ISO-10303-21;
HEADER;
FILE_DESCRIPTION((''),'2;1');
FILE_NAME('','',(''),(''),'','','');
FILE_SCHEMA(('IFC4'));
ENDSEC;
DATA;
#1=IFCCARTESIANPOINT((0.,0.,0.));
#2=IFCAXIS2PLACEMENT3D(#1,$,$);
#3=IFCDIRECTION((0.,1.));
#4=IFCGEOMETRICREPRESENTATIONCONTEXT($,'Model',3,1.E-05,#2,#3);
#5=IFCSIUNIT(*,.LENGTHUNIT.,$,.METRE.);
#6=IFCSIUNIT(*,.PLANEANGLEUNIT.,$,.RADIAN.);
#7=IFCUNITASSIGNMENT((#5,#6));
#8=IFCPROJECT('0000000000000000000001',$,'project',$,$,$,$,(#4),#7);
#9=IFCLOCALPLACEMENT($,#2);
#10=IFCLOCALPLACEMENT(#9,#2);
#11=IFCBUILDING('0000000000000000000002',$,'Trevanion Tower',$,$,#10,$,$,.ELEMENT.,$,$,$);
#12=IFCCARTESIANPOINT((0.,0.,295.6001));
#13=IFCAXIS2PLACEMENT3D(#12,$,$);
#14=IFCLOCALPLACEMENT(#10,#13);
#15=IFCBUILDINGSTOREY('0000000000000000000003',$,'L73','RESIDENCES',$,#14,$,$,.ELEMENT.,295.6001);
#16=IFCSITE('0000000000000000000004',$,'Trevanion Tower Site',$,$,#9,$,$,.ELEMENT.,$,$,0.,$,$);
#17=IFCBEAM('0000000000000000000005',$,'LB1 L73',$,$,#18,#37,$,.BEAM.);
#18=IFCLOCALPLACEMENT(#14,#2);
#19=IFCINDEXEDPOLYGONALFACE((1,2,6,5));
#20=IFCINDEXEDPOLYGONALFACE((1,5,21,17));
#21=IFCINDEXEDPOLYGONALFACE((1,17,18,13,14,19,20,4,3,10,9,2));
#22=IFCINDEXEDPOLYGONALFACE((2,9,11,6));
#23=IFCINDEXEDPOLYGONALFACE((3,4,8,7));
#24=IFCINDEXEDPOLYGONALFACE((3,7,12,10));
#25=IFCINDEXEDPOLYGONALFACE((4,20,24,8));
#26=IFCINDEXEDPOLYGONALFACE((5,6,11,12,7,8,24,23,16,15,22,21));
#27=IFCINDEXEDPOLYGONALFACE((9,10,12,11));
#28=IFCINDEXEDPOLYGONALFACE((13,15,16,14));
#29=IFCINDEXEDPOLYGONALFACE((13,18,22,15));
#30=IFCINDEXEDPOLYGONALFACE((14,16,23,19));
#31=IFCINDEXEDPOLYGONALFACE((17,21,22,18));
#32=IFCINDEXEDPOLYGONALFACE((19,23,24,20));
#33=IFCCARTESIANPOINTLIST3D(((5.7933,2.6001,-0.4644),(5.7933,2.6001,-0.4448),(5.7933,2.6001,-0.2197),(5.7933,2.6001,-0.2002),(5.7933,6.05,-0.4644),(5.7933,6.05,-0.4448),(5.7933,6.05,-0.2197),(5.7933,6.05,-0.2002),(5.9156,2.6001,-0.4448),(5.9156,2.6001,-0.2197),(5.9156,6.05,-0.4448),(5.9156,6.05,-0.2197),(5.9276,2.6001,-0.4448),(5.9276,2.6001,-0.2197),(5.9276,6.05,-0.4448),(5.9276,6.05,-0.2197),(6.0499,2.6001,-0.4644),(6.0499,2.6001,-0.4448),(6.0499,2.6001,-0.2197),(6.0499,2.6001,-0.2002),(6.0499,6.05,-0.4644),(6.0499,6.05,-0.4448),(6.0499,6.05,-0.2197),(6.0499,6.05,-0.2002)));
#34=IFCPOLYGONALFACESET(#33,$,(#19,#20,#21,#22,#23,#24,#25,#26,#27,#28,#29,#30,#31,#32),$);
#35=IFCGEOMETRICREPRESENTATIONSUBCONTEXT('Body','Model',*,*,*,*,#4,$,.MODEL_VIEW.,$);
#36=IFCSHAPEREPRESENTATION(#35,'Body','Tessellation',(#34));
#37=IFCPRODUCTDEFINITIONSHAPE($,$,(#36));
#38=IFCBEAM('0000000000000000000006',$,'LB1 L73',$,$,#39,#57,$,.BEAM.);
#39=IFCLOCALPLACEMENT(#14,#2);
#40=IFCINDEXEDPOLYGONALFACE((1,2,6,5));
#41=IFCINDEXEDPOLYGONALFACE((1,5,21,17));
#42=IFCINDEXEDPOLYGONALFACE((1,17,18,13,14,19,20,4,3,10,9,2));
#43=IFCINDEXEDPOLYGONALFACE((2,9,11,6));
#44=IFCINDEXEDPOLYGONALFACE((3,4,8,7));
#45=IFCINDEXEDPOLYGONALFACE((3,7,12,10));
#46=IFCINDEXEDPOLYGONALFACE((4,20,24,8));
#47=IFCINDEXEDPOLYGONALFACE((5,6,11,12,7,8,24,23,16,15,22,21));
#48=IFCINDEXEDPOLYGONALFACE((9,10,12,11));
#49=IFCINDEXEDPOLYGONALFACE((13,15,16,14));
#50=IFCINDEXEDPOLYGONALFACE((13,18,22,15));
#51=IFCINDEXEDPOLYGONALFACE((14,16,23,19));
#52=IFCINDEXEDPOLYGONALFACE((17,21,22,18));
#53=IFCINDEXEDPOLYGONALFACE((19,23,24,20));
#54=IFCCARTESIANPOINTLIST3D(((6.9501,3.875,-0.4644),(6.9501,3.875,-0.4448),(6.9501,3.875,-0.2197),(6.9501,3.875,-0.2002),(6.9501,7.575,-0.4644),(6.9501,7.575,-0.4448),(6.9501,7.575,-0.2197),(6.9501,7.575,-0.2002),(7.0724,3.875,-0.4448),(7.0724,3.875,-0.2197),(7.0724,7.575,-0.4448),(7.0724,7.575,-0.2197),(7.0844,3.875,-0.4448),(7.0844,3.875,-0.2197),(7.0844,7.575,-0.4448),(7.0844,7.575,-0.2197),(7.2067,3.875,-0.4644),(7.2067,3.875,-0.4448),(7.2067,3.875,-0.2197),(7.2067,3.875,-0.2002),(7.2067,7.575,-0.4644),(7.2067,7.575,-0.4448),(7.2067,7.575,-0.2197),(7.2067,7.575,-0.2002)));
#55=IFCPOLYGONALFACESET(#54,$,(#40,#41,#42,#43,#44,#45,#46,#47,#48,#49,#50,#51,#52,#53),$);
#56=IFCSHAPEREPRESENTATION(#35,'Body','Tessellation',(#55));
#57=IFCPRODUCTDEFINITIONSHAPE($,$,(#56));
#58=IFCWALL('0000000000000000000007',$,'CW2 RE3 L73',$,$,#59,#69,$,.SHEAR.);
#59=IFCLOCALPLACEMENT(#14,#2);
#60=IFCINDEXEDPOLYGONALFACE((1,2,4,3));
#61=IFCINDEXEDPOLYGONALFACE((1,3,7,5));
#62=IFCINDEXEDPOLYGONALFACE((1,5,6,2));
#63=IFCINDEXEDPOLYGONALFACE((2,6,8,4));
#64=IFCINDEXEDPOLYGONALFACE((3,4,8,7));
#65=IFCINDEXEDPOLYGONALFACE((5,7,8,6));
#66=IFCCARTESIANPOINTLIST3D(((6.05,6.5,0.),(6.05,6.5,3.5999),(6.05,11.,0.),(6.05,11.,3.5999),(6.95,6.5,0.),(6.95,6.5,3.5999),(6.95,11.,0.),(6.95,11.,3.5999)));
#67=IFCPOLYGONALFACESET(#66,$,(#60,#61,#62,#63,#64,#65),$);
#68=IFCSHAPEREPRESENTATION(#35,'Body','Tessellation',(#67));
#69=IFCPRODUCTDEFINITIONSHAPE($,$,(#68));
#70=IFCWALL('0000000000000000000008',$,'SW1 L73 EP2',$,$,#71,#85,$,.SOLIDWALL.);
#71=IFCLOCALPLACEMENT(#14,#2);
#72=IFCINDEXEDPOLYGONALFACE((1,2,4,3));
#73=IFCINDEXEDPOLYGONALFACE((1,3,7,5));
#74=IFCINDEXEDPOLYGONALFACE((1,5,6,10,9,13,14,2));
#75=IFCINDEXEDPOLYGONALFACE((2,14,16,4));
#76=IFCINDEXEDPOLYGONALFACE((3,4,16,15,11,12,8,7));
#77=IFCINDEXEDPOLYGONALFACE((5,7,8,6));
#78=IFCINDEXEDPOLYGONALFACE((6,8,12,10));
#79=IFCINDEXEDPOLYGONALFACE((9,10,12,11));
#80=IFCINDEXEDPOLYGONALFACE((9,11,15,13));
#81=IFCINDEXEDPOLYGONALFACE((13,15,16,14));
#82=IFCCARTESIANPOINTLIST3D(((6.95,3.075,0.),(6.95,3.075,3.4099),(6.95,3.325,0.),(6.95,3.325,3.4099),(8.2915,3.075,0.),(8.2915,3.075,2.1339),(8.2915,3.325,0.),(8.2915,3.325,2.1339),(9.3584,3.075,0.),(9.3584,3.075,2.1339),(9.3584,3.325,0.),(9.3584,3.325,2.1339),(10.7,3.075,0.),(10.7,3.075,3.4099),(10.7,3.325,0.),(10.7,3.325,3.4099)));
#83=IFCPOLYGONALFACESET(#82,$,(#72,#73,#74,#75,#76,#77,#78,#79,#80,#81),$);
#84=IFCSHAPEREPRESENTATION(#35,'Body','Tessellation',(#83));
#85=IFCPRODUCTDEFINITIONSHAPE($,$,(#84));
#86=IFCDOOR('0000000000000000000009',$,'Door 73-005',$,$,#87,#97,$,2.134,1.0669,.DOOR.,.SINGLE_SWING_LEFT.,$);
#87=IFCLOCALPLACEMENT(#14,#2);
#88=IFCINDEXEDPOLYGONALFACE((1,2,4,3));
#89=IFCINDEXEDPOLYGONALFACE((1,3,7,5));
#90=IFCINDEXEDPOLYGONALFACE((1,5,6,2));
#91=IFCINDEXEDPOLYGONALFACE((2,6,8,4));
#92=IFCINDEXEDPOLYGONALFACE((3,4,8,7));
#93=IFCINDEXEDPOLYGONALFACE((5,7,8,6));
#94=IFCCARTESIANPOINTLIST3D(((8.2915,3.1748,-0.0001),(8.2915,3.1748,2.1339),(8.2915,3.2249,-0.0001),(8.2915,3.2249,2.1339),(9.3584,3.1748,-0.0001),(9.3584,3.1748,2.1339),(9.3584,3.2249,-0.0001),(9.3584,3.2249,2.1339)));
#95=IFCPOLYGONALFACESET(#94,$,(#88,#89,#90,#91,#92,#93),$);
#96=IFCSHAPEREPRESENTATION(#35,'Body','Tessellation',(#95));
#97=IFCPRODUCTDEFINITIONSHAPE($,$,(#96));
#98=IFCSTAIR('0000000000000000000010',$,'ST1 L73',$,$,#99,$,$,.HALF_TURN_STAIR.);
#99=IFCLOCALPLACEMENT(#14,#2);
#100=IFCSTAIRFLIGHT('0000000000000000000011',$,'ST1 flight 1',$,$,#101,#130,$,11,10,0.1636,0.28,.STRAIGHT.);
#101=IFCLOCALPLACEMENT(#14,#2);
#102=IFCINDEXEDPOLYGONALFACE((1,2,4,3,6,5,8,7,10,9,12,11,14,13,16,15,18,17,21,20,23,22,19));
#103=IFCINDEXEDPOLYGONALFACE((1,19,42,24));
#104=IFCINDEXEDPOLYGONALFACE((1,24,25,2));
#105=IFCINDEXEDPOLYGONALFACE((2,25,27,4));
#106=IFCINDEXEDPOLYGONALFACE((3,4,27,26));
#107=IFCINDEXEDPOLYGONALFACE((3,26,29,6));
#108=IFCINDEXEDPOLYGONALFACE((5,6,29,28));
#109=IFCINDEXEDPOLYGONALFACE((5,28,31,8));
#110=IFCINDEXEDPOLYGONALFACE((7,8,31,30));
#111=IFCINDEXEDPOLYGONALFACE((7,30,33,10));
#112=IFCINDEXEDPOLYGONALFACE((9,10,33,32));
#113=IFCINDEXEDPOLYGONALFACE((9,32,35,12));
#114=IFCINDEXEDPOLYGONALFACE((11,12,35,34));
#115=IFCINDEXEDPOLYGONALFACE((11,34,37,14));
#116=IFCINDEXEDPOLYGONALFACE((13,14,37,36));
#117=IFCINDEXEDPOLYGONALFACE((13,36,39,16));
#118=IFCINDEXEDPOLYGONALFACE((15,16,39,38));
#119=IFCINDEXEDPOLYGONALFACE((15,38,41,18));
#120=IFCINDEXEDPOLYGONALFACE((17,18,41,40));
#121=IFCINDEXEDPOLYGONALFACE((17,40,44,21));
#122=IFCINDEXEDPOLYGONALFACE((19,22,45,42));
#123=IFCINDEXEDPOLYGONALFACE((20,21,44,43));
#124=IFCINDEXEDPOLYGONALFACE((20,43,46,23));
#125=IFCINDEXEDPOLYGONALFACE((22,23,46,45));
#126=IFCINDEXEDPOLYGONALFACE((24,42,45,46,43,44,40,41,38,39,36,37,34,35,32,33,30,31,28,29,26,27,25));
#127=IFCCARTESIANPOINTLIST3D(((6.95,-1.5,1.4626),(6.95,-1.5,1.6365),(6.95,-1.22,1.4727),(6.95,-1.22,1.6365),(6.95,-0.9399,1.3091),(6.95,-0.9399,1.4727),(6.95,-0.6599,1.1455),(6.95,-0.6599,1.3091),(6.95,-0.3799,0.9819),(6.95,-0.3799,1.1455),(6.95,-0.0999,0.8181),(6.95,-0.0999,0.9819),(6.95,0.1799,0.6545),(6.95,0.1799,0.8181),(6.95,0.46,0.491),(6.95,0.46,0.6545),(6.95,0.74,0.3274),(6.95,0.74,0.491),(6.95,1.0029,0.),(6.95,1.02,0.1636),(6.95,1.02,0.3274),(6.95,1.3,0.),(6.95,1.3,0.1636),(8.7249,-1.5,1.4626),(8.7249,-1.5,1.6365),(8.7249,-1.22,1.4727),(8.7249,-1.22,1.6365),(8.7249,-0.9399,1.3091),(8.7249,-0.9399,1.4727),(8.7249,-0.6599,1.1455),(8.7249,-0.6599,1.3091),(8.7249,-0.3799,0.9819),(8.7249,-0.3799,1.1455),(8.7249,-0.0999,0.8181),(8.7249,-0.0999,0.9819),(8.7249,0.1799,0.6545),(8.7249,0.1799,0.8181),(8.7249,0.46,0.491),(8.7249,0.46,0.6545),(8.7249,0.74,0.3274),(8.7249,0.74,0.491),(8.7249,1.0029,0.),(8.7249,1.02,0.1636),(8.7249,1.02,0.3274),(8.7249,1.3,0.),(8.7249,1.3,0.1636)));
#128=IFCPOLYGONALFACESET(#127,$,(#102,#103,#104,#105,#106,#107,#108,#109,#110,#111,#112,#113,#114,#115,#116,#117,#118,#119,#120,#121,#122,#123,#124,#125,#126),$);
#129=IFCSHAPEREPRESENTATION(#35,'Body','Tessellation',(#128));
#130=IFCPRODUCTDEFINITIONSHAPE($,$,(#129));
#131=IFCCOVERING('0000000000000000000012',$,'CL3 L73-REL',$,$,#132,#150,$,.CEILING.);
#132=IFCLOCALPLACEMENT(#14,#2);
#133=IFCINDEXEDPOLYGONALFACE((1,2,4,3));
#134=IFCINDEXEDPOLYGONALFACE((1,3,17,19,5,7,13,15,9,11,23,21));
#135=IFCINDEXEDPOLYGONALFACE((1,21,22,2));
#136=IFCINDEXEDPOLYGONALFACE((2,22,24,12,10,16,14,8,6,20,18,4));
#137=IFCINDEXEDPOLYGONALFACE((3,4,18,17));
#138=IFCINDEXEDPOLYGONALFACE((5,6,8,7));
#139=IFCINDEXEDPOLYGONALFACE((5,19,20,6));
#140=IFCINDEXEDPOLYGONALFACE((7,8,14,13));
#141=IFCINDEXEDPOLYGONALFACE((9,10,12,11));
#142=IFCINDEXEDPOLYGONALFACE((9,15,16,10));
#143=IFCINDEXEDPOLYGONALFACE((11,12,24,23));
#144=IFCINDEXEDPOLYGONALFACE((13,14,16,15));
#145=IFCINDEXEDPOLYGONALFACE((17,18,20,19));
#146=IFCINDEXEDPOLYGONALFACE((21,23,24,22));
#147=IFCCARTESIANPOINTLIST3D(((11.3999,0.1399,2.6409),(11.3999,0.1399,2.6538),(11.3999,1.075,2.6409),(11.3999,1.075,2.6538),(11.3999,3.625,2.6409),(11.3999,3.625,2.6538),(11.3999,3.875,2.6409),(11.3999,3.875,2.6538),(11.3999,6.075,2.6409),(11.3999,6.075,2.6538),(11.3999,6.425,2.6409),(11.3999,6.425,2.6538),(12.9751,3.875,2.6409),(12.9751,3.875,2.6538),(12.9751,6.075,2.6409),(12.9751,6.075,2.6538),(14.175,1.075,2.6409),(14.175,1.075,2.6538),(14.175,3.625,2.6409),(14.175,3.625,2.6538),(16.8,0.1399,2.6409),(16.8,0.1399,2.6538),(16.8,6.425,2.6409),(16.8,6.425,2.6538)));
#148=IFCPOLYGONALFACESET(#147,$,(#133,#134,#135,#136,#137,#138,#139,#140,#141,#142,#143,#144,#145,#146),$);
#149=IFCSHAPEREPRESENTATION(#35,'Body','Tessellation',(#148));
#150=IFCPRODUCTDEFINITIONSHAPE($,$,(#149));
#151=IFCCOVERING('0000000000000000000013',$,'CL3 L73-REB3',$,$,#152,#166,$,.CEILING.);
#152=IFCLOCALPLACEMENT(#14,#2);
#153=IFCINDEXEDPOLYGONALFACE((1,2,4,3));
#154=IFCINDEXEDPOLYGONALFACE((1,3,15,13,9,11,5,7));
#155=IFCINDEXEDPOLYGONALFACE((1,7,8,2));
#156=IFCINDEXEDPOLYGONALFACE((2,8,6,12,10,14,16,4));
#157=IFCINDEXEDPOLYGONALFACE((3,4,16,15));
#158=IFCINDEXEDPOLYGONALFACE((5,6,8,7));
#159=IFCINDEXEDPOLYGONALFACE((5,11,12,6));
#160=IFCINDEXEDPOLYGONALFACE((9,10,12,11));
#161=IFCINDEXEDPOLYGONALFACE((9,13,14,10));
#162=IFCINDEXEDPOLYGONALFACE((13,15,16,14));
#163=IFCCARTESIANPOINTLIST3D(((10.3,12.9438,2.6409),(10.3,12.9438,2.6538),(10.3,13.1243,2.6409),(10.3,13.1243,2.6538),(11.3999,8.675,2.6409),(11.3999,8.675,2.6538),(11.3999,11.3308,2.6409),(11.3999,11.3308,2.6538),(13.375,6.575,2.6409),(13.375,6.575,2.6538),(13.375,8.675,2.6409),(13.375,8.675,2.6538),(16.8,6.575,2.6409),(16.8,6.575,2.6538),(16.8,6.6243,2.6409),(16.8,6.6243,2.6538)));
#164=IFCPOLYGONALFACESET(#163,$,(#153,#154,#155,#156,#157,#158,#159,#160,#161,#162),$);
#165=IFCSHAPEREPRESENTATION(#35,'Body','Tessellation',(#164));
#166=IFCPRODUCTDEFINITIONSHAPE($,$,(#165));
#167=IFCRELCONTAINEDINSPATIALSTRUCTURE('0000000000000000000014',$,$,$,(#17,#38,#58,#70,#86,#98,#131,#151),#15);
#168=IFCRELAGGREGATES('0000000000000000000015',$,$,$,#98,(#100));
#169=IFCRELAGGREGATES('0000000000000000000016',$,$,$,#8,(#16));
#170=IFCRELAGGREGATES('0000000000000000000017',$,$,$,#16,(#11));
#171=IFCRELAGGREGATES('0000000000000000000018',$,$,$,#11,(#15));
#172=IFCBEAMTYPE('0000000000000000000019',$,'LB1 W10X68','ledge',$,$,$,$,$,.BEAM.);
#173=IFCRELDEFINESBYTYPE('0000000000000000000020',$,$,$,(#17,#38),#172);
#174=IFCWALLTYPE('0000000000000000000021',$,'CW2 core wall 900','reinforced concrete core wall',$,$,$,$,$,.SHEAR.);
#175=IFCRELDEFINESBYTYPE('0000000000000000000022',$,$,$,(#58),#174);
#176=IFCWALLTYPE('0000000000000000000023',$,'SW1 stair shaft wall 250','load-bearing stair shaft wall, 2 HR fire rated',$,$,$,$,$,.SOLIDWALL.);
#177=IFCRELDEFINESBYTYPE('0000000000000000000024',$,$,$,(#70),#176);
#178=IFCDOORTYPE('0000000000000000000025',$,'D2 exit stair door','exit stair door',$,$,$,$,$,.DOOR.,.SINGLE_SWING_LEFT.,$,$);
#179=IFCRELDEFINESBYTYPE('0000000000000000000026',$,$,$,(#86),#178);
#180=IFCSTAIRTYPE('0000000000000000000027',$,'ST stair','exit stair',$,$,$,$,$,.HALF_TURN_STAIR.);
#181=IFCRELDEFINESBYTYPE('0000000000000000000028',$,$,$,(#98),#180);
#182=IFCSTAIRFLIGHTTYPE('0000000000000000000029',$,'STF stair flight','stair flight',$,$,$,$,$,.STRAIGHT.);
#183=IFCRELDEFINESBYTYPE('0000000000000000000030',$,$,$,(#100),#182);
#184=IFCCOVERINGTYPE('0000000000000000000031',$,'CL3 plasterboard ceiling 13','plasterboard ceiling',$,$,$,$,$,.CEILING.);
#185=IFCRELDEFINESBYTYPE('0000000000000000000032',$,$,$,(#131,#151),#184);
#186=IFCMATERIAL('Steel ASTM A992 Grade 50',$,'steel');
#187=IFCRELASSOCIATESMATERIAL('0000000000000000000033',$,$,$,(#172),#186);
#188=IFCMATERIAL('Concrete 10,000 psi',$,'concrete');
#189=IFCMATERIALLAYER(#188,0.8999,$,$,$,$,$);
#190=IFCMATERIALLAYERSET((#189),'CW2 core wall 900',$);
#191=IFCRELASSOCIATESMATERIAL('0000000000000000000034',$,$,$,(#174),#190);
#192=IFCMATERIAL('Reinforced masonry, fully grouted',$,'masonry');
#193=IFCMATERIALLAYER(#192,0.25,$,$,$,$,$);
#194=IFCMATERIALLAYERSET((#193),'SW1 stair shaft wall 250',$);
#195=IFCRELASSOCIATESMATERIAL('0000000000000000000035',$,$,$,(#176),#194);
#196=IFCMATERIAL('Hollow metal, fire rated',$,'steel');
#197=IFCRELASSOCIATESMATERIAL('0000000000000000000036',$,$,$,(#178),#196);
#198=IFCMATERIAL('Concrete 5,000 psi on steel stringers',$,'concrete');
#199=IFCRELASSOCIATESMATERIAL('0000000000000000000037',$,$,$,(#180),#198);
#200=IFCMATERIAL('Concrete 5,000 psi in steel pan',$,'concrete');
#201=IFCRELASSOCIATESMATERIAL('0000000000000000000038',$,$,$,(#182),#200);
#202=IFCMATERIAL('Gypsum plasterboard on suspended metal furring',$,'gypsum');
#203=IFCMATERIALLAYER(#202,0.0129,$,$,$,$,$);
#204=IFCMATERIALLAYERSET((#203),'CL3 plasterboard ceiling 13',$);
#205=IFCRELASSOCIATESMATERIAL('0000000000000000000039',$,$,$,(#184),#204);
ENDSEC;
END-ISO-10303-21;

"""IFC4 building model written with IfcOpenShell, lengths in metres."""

from ifc_helpers import new_model, si_unit, direction, frame, frame_2d, origin, origin_2d, place, context, subcontext, project, spatial, polyline, rectangle, i_section, outline, extrude, material, layer, layer_set, material_profile, profile_set, type_object, element, fill, aggregate, save


model = new_model("IFC4")

# Units and contexts
model_context = context("Model", 3, precision=1e-05, world=origin(), true_north=direction((0.0, 1.0)))
body_context = subcontext(model_context, "Body", "Model", "MODEL_VIEW")
ifc_project = project(units=[si_unit("LENGTHUNIT", "METRE"), si_unit("PLANEANGLEUNIT", "RADIAN")], contexts=[model_context])

# Site, building, storey
site_placement = place(None, origin())
site = spatial("IfcSite", under=ifc_project, at=site_placement, Name="Trevanion Tower Site", CompositionType="ELEMENT", RefElevation=0.0)
building_placement = place(site_placement, origin())
building = spatial("IfcBuilding", under=site, at=building_placement, Name="Trevanion Tower", CompositionType="ELEMENT")
storey_placement = place(building_placement, frame((0.0, 0.0, 295.6001)))
storey = spatial("IfcBuildingStorey", under=building, at=storey_placement, Name="L73", Description="RESIDENCES", CompositionType="ELEMENT", Elevation=295.6001)

# Beams
ifc_material_1 = material(Name="Steel ASTM A992 Grade 50", Category="steel")
ifc_material_profile = material_profile(ifc_material_1, i_section(OverallWidth=0.2566, OverallDepth=0.2642, WebThickness=0.012, FlangeThickness=0.0195, at=origin_2d()), Name="W10X68")
ifc_profile_set = profile_set([ifc_material_profile], Name="Steel ASTM A992 Grade 50")
beam_type = type_object("IfcBeamType", Name="LB1 W10X68", Description="ledge", PredefinedType="BEAM", material=ifc_profile_set)
beam_1_placement = place(storey_placement, frame((5.9216, 2.6001, -0.3323), z_axis=(0.0, 1.0, 0.0), x_axis=(-1.0, 0.0, 0.0)))
element("IfcBeam", 1, at=beam_1_placement, inside=storey, type_object=beam_type, Name="LB1 L73", PredefinedType="BEAM", context=body_context, shape_type="SweptSolid", body=[
    extrude(i_section(OverallWidth=0.2566, OverallDepth=0.2642, WebThickness=0.012, FlangeThickness=0.0195, at=origin_2d()), origin(), (0.0, 0.0, 1.0), 3.45),
])
beam_2_placement = place(storey_placement, frame((7.0784, 3.875, -0.3323), z_axis=(0.0, 1.0, 0.0), x_axis=(-1.0, 0.0, 0.0)))
element("IfcBeam", 2, at=beam_2_placement, inside=storey, type_object=beam_type, Name="LB1 L73", PredefinedType="BEAM", context=body_context, shape_type="SweptSolid", body=[
    extrude(i_section(OverallWidth=0.2566, OverallDepth=0.2642, WebThickness=0.012, FlangeThickness=0.0195, at=origin_2d()), origin(), (0.0, 0.0, 1.0), 3.7),
])

# Wall
ifc_material_2 = material(Name="Concrete 10,000 psi", Category="concrete")
ifc_layer_1 = layer(ifc_material_2, 0.8999)
ifc_layer_set_1 = layer_set([ifc_layer_1], Name="CW2 core wall 900")
wall_type_1 = type_object("IfcWallType", Name="CW2 core wall 900", Description="reinforced concrete core wall", PredefinedType="SHEAR", material=ifc_layer_set_1)
wall_1_placement = place(storey_placement, frame((6.5, 6.5, 0.0), z_axis=(0.0, 0.0, 1.0), x_axis=(0.0, 1.0, 0.0)))
element("IfcWall", 3, at=wall_1_placement, inside=storey, type_object=wall_type_1, Name="CW2 RE3 L73", PredefinedType="SHEAR", context=body_context, shape_type="SweptSolid", body=[
    extrude(rectangle(XDim=4.5, YDim=0.8999, at=frame_2d((2.25, 0.0))), origin(), (0.0, 0.0, 1.0), 3.5999),
])

# Wall, opening, door
ifc_material_3 = material(Name="Reinforced masonry, fully grouted", Category="masonry")
ifc_layer_2 = layer(ifc_material_3, 0.25)
ifc_layer_set_2 = layer_set([ifc_layer_2], Name="SW1 stair shaft wall 250")
wall_type_2 = type_object("IfcWallType", Name="SW1 stair shaft wall 250", Description="load-bearing stair shaft wall, 2 HR fire rated", PredefinedType="SOLIDWALL", material=ifc_layer_set_2)
wall_2_placement = place(storey_placement, frame((6.95, 3.2, 0.0), z_axis=(0.0, 0.0, 1.0), x_axis=(1.0, 0.0, 0.0)))
wall_2 = element("IfcWall", 4, at=wall_2_placement, inside=storey, type_object=wall_type_2, Name="SW1 L73 EP2", PredefinedType="SOLIDWALL", context=body_context, shape_type="SweptSolid", body=[
    extrude(rectangle(XDim=3.75, YDim=0.25, at=frame_2d((1.875, 0.0))), origin(), (0.0, 0.0, 1.0), 3.4099),
])
opening_placement = place(wall_2_placement, frame((1.3416, 0.0, 0.0)))
opening = element("IfcOpeningElement", 5, at=opening_placement, cuts=wall_2, PredefinedType="OPENING", context=body_context, shape_type="SweptSolid", body=[
    extrude(rectangle(XDim=1.0669, YDim=2.134, at=frame_2d((0.5334, 1.0669))), frame((0.0, 0.135, 0.0), z_axis=(0.0, -1.0, 0.0), x_axis=(1.0, 0.0, 0.0)), (0.0, 0.0, 1.0), 0.27),
])
ifc_material_4 = material(Name="Hollow metal, fire rated", Category="steel")
door_type = type_object("IfcDoorType", Name="D2 exit stair door", Description="exit stair door", OperationType="SINGLE_SWING_LEFT", PredefinedType="DOOR", material=ifc_material_4)
door_placement = place(opening_placement, origin())
door = element("IfcDoor", 6, at=door_placement, inside=storey, type_object=door_type, Name="Door 73-005", OperationType="SINGLE_SWING_LEFT", OverallHeight=2.134, OverallWidth=1.0669, PredefinedType="DOOR", context=body_context, shape_type="SweptSolid", body=[
    extrude(rectangle(XDim=1.0669, YDim=2.134, at=frame_2d((0.5334, 1.0669))), frame((0.0, 0.0249, 0.0), z_axis=(0.0, -1.0, 0.0), x_axis=(1.0, 0.0, 0.0)), (0.0, 0.0, 1.0), 0.05),
])
fill(opening, door)

# Stair, stair flight
ifc_material_5 = material(Name="Concrete 5,000 psi on steel stringers", Category="concrete")
stair_type = type_object("IfcStairType", Name="ST stair", Description="exit stair", PredefinedType="HALF_TURN_STAIR", material=ifc_material_5)
stair_placement = place(storey_placement, origin())
stair = element("IfcStair", 7, at=stair_placement, inside=storey, type_object=stair_type, Name="ST1 L73", PredefinedType="HALF_TURN_STAIR")
ifc_material_6 = material(Name="Concrete 5,000 psi in steel pan", Category="concrete")
stair_flight_type = type_object("IfcStairFlightType", Name="STF stair flight", Description="stair flight", PredefinedType="STRAIGHT", material=ifc_material_6)
stair_flight_placement = place(storey_placement, frame((7.8374, 1.3, 0.0), z_axis=(0.0, 0.0, 1.0), x_axis=(0.0, -1.0, 0.0)))
stair_flight = element("IfcStairFlight", 8, at=stair_flight_placement, type_object=stair_flight_type, Name="ST1 flight 1", NumberOfRisers=11, NumberOfTreads=10, PredefinedType="STRAIGHT", RiserHeight=0.1636, TreadLength=0.28, context=body_context, shape_type="SweptSolid", body=[
    extrude(outline(polyline([(0.0, 0.0), (0.0, 0.1636), (0.28, 0.1636), (0.28, 0.3274), (0.5601, 0.3274), (0.5601, 0.491), (0.8401, 0.491), (0.8401, 0.6545), (1.1201, 0.6545), (1.1201, 0.8181), (1.3999, 0.8181), (1.3999, 0.9819), (1.6799, 0.9819), (1.6799, 1.1455), (1.96, 1.1455), (1.96, 1.3091), (2.24, 1.3091), (2.24, 1.4727), (2.52, 1.4727), (2.52, 1.6365), (2.8, 1.6365), (2.8, 1.8), (2.8, 1.4626), (0.2971, 0.0), (0.0, 0.0)])), frame((0.0, 0.8875, 0.0), z_axis=(0.0, -1.0, 0.0), x_axis=(1.0, 0.0, 0.0)), (0.0, 0.0, 1.0), 1.7749),
])
aggregate(stair, [stair_flight])

# Coverings
ifc_material_7 = material(Name="Gypsum plasterboard on suspended metal furring", Category="gypsum")
ifc_layer_3 = layer(ifc_material_7, 0.0129)
ifc_layer_set_3 = layer_set([ifc_layer_3], Name="CL3 plasterboard ceiling 13")
covering_type_1 = type_object("IfcCoveringType", Name="CL3 plasterboard ceiling 13", Description="plasterboard ceiling", PredefinedType="CEILING", material=ifc_layer_set_3)
covering_1_placement = place(storey_placement, frame((0.0, 0.0, 2.6409)))
element("IfcCovering", 9, at=covering_1_placement, inside=storey, type_object=covering_type_1, Name="CL3 L73-REL", PredefinedType="CEILING", context=body_context, shape_type="SweptSolid", body=[
    extrude(outline(polyline([(11.3999, 0.1399), (11.3999, 1.075), (14.175, 1.075), (14.175, 3.625), (11.3999, 3.625), (11.3999, 3.875), (12.9751, 3.875), (12.9751, 6.075), (11.3999, 6.075), (11.3999, 6.425), (16.8, 6.425), (16.8, 0.1399), (11.3999, 0.1399)])), origin(), (0.0, 0.0, 1.0), 0.0129),
])
covering_2_placement = place(storey_placement, frame((0.0, 0.0, 2.6409)))
element("IfcCovering", 10, at=covering_2_placement, inside=storey, type_object=covering_type_1, Name="CL3 L73-REB3", PredefinedType="CEILING", context=body_context, shape_type="SweptSolid", body=[
    extrude(outline(polyline([(13.375, 6.575), (13.375, 8.675), (11.3999, 8.675), (11.3999, 11.3308), (10.3, 12.9438), (10.3, 13.1243), (16.8, 6.6243), (16.8, 6.575), (13.375, 6.575)])), origin(), (0.0, 0.0, 1.0), 0.0129),
])

save(model, "model.ifc")
